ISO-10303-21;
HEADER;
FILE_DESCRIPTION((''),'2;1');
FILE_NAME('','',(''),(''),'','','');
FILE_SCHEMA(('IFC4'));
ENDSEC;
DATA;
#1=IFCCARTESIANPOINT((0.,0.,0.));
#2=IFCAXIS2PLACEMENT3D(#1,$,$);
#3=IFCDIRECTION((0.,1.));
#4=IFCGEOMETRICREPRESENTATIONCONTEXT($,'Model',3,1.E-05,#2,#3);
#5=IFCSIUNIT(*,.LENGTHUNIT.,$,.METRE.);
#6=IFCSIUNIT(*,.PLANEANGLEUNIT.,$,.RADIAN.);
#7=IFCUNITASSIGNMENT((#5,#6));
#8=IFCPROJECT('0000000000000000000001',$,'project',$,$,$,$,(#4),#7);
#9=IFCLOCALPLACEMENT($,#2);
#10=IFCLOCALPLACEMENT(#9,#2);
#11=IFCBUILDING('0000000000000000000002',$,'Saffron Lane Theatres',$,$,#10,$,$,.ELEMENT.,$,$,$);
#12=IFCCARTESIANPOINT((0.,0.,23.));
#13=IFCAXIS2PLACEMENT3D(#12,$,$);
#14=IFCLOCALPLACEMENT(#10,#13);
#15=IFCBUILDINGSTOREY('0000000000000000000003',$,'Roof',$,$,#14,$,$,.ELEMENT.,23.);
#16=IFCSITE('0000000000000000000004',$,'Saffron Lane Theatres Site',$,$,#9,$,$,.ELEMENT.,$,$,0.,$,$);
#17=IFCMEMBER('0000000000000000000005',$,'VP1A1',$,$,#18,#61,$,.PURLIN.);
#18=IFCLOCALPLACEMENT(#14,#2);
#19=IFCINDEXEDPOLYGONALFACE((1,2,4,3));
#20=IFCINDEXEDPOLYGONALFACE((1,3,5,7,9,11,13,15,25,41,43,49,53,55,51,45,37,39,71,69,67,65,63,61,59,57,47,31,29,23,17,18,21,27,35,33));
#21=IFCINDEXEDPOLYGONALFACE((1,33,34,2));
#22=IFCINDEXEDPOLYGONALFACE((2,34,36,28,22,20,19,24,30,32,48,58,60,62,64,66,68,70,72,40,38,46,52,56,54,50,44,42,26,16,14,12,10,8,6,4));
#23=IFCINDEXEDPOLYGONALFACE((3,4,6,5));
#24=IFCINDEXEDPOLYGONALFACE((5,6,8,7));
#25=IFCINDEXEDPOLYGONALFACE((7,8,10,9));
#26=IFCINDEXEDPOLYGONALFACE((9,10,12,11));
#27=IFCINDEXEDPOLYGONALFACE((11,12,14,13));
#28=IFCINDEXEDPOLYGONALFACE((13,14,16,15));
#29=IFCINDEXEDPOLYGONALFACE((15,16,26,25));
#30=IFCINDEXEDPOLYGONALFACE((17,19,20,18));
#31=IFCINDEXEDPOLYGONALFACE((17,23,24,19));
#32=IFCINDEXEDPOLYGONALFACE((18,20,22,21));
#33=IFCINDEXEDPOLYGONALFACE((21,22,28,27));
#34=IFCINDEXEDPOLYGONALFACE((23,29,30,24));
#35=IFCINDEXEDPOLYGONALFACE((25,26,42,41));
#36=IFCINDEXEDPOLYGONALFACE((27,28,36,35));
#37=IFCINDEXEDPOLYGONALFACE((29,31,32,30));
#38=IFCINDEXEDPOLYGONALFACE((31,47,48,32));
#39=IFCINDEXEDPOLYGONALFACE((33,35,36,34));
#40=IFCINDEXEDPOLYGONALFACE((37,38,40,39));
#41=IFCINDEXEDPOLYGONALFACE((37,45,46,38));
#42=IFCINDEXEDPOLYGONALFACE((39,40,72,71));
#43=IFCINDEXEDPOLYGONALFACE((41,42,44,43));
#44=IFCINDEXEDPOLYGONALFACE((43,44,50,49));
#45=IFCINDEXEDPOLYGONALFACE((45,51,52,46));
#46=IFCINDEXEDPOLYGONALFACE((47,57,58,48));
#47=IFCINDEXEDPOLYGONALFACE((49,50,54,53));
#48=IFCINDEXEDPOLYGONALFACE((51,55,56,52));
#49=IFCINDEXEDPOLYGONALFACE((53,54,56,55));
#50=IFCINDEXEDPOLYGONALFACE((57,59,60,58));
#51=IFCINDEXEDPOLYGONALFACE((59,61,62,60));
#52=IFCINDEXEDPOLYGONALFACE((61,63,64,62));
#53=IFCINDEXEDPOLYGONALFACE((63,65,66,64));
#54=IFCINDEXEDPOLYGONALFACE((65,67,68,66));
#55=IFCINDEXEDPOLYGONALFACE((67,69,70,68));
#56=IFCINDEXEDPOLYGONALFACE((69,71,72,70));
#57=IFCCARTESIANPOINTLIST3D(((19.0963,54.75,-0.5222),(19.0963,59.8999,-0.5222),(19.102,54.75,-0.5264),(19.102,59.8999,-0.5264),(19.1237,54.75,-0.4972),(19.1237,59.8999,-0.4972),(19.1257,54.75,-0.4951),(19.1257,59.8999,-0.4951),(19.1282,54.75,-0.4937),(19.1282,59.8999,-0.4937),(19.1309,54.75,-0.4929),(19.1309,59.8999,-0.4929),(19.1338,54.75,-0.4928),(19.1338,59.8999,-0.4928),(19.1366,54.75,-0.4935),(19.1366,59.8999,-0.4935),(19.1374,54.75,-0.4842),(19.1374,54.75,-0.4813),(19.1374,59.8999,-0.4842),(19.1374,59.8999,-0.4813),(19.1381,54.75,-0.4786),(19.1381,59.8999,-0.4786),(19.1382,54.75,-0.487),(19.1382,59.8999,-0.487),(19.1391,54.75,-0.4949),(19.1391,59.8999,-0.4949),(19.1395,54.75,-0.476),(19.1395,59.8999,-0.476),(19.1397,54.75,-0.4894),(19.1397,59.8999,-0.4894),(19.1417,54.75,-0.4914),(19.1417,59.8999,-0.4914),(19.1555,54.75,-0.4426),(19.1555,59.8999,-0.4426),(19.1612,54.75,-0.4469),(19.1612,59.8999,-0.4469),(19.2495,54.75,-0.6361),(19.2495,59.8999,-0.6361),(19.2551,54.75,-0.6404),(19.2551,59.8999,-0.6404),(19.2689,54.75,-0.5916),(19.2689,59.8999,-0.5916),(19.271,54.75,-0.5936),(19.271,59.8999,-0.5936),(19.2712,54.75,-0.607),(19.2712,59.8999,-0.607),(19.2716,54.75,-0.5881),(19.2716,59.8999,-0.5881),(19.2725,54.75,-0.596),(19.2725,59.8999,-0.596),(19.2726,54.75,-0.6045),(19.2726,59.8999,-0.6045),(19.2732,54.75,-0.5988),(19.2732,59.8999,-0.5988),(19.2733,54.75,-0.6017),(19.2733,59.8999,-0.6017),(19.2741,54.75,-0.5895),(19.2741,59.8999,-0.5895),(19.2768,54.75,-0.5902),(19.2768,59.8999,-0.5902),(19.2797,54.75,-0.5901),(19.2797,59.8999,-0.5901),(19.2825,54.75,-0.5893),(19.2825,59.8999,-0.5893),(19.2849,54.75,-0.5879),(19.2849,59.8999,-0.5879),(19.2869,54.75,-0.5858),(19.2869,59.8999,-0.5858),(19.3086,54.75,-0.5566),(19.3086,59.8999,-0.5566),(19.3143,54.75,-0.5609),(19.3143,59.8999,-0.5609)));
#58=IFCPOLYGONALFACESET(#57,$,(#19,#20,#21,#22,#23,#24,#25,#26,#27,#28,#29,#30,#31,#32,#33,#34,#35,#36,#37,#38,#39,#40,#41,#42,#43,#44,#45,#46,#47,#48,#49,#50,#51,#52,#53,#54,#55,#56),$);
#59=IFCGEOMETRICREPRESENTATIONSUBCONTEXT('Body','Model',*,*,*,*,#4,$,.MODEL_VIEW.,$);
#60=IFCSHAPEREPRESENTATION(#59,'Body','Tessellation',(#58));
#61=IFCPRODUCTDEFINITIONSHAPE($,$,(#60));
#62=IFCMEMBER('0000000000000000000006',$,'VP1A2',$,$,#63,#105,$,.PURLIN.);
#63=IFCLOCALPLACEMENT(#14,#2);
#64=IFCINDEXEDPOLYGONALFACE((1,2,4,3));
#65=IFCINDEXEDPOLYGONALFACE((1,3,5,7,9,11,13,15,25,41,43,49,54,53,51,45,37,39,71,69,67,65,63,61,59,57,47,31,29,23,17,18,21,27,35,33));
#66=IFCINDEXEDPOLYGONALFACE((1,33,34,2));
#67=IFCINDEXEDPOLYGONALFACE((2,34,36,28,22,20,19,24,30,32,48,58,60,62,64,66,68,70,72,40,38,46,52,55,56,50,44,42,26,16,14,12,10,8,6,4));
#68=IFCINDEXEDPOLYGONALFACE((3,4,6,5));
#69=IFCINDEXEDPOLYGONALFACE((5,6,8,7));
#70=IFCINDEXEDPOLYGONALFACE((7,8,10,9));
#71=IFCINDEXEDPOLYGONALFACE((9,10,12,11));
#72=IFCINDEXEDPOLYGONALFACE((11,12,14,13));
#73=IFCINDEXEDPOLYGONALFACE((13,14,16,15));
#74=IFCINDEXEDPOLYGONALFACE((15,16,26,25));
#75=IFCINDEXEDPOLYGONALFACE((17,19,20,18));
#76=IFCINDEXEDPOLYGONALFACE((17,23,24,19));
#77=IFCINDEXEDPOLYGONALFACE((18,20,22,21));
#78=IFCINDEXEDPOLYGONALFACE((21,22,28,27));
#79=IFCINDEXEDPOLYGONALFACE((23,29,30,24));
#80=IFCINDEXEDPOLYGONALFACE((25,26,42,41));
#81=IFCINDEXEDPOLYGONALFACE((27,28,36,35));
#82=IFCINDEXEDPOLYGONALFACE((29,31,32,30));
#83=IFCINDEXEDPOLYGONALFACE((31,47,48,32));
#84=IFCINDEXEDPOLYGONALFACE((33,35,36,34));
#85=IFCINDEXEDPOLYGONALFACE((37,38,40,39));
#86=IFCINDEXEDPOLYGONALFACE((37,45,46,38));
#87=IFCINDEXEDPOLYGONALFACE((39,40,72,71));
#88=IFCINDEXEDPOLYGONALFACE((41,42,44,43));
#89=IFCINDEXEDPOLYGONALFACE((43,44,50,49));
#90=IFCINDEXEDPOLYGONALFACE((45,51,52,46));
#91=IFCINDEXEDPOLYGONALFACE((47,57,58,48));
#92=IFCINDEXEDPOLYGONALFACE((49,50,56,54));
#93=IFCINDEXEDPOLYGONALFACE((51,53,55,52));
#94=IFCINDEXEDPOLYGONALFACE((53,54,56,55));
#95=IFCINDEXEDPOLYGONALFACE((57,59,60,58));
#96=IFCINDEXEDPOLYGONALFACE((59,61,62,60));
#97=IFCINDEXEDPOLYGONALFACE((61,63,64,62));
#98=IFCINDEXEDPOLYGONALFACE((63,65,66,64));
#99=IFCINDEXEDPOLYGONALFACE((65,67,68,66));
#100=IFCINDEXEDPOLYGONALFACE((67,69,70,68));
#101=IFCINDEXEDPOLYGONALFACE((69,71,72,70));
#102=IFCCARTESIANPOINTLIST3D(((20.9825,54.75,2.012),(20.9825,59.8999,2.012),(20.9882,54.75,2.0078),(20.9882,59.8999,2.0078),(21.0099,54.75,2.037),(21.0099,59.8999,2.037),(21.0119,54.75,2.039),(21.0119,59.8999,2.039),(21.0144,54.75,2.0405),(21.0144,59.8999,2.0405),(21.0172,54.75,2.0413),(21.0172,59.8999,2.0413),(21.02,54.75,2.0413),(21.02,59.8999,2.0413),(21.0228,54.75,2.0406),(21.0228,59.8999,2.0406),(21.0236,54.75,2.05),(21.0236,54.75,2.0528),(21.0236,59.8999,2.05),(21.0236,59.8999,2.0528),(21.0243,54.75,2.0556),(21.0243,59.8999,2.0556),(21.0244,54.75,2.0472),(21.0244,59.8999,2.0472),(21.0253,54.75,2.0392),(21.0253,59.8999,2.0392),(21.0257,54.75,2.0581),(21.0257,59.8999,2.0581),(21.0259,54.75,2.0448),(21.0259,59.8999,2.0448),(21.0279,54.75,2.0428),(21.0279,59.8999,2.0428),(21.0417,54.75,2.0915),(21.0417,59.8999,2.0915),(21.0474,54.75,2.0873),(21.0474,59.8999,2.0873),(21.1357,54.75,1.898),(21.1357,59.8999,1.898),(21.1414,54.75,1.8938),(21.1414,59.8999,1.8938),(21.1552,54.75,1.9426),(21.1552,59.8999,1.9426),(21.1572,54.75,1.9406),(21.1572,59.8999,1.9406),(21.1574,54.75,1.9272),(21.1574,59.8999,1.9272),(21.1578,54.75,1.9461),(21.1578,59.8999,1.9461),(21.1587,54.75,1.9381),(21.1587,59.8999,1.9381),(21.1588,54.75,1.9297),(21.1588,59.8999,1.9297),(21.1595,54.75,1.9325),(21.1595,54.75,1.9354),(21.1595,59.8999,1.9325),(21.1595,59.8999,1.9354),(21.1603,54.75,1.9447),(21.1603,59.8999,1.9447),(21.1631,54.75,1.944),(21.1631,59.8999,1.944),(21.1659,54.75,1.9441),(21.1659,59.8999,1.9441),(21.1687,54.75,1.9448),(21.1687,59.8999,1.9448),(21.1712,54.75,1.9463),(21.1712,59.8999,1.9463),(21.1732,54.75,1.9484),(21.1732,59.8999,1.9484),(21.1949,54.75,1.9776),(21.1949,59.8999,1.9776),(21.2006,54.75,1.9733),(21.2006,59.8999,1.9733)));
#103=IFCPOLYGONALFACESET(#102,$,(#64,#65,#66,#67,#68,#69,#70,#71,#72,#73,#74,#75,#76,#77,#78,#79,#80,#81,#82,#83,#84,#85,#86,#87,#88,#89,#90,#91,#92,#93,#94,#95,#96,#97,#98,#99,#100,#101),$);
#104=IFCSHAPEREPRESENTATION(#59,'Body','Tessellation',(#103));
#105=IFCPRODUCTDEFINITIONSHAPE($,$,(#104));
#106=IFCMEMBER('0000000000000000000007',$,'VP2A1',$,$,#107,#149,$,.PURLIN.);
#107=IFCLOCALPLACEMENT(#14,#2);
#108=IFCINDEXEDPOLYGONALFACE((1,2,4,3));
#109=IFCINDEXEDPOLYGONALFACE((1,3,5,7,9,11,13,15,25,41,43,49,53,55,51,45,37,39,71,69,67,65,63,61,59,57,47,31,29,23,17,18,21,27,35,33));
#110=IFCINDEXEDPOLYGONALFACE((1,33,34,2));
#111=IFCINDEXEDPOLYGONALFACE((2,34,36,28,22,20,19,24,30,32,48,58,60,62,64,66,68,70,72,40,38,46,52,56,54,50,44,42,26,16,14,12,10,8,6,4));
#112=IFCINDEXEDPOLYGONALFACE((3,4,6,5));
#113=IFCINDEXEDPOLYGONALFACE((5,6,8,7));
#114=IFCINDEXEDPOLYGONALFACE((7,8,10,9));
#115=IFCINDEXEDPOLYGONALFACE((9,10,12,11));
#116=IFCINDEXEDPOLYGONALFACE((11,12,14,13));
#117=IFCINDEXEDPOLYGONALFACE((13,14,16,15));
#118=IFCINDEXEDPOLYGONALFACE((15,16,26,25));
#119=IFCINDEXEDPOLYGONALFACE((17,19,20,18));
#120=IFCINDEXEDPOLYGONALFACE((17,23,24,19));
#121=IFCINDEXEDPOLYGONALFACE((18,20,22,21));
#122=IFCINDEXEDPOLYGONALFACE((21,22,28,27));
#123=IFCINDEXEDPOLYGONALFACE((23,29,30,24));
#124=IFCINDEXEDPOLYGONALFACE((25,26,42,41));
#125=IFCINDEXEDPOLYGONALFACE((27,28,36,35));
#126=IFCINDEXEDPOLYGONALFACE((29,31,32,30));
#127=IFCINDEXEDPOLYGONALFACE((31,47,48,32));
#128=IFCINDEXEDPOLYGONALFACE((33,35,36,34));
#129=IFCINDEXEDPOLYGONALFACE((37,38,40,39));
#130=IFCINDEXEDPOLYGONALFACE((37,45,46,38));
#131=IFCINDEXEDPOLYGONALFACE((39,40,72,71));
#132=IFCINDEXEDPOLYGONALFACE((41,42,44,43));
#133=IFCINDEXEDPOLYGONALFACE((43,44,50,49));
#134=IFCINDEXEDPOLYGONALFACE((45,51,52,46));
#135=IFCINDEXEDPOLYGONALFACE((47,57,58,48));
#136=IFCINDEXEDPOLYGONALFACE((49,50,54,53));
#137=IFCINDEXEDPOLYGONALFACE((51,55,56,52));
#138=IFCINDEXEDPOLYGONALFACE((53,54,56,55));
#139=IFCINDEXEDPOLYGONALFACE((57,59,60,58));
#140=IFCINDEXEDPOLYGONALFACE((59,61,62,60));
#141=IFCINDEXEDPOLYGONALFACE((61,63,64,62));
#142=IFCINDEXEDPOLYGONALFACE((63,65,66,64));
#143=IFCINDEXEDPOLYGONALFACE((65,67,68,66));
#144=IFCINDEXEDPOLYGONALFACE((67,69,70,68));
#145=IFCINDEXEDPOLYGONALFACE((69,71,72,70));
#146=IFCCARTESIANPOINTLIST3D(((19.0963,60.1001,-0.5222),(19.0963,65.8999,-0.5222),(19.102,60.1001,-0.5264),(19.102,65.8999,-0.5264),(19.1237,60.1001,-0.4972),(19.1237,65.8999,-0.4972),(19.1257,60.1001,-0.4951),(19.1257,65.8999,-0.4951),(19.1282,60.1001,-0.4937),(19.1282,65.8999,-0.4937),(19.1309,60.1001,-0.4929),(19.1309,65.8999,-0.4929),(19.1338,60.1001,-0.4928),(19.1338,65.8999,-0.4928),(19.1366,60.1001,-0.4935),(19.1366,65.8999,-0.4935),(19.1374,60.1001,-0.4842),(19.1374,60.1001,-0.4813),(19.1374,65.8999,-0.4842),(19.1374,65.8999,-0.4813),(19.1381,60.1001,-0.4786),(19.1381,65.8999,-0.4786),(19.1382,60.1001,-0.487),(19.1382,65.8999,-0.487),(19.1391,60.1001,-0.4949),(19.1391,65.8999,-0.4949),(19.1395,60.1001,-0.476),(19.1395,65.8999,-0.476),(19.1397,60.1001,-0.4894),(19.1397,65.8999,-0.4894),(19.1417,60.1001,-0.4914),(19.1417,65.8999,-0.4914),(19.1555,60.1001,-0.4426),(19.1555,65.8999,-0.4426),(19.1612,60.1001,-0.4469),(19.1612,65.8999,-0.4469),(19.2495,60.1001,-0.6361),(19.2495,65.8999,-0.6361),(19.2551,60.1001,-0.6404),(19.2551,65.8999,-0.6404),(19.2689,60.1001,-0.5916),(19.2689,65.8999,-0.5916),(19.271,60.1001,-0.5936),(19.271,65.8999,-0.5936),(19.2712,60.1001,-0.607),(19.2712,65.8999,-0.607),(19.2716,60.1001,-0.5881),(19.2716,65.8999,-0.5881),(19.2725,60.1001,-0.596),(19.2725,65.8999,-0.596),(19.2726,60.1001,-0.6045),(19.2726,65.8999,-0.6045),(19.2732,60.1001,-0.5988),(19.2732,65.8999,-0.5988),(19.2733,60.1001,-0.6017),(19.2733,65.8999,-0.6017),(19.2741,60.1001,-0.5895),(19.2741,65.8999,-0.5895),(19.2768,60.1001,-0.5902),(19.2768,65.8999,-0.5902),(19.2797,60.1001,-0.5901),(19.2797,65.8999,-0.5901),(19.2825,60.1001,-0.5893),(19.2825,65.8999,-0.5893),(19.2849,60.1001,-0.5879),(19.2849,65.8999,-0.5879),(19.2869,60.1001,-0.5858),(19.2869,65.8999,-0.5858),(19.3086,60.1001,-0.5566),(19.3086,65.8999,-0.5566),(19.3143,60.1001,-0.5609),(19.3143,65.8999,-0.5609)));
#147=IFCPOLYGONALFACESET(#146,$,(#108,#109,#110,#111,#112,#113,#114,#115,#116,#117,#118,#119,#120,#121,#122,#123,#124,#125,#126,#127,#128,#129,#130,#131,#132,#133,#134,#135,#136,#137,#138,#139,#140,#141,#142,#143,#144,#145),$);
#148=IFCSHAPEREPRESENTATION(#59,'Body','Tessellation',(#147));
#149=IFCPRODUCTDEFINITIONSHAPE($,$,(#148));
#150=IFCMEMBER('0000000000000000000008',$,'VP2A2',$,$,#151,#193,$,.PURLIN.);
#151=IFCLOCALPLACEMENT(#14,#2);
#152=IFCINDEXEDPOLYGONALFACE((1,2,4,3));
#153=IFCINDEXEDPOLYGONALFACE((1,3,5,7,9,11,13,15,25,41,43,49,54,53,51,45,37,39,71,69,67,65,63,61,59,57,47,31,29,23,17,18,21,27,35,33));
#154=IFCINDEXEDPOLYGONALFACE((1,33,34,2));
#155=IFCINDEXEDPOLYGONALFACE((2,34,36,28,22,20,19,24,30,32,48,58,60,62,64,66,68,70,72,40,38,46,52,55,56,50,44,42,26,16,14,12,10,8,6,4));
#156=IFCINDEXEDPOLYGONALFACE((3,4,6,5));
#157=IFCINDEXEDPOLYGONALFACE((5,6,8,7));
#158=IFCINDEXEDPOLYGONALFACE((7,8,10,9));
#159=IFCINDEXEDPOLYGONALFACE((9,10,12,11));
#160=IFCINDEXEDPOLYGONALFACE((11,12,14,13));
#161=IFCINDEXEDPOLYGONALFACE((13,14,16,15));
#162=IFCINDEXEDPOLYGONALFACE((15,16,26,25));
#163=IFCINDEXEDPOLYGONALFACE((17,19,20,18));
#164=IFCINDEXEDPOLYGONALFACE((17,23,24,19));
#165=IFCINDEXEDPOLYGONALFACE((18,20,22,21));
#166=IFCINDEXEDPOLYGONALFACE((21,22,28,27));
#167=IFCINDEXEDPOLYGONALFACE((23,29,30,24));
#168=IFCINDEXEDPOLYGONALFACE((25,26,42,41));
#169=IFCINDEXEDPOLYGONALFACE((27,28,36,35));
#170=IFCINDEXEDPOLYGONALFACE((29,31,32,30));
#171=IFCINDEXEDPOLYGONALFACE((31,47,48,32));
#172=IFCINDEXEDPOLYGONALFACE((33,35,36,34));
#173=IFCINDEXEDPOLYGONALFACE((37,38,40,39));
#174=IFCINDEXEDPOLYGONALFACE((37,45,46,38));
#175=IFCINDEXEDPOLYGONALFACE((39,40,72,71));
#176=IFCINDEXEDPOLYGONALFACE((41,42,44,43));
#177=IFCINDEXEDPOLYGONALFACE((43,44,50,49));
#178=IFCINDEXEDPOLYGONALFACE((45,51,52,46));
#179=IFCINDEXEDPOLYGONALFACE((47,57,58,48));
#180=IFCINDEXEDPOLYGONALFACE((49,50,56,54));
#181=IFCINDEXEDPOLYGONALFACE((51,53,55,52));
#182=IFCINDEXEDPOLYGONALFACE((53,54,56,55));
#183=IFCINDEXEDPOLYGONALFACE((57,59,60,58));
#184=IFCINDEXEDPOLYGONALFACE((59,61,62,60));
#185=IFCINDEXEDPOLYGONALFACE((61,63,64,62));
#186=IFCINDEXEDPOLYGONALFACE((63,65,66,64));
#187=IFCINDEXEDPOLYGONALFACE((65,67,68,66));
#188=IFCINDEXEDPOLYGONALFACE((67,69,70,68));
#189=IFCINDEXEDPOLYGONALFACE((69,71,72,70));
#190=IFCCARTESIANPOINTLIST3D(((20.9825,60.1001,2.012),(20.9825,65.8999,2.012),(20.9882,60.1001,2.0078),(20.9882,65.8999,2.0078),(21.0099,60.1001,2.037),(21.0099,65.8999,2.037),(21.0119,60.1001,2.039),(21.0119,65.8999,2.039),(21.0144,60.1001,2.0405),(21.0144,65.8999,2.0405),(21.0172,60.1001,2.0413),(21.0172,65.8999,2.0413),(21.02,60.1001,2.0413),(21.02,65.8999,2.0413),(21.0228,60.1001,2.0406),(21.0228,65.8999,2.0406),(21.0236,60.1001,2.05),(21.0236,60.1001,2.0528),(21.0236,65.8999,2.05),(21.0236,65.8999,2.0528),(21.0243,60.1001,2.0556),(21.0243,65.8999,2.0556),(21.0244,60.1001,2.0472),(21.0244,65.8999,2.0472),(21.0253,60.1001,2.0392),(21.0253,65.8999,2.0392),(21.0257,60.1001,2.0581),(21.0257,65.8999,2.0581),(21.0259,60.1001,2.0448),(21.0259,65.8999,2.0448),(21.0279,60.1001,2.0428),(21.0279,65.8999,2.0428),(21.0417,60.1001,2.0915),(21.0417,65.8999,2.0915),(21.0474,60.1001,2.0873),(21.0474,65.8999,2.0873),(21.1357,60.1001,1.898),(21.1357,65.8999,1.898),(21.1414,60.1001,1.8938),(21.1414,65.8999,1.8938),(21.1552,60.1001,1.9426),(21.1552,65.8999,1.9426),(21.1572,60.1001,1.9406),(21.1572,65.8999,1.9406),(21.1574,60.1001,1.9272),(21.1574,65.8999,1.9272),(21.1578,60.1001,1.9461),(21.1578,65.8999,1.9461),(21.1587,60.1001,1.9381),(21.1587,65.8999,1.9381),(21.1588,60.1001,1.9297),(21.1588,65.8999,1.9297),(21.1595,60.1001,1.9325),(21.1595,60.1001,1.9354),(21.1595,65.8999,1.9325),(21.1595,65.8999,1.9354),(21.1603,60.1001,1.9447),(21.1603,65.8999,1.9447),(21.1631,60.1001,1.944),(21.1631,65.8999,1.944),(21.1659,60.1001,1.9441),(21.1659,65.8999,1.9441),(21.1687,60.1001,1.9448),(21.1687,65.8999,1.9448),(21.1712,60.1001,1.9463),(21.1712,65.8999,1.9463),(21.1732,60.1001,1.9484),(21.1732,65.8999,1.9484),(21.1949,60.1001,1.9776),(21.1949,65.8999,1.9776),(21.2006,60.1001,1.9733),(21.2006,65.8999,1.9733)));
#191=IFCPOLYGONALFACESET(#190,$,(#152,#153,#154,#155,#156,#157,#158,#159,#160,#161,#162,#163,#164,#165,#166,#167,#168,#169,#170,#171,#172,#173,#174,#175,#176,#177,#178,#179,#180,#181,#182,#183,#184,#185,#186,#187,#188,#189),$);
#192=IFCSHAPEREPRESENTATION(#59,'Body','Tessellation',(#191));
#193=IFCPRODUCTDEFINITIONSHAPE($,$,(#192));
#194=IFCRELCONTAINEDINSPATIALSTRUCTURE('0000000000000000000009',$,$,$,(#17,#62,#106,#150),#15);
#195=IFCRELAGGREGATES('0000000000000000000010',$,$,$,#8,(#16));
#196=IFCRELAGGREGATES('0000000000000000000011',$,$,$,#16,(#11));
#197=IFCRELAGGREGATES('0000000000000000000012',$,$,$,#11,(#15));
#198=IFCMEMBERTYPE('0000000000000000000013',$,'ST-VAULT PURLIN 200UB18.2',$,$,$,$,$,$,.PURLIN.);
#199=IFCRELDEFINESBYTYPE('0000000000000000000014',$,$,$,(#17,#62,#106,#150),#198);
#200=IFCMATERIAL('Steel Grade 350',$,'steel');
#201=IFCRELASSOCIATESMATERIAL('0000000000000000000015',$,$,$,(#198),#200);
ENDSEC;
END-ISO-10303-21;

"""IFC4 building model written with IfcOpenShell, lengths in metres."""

from ifc_helpers import new_model, si_unit, direction, frame, origin, origin_2d, place, context, subcontext, project, spatial, i_section, extrude, material, material_profile, profile_set, type_object, element, save


model = new_model("IFC4")

# Units and contexts
model_context = context("Model", 3, precision=1e-05, world=origin(), true_north=direction((0.0, 1.0)))
body_context = subcontext(model_context, "Body", "Model", "MODEL_VIEW")
ifc_project = project(units=[si_unit("LENGTHUNIT", "METRE"), si_unit("PLANEANGLEUNIT", "RADIAN")], contexts=[model_context])

# Site, building, storey
site_placement = place(None, origin())
site = spatial("IfcSite", under=ifc_project, at=site_placement, Name="Saffron Lane Theatres Site", CompositionType="ELEMENT", RefElevation=0.0)
building_placement = place(site_placement, origin())
building = spatial("IfcBuilding", under=site, at=building_placement, Name="Saffron Lane Theatres", CompositionType="ELEMENT")
storey_placement = place(building_placement, frame((0.0, 0.0, 23.0)))
storey = spatial("IfcBuildingStorey", under=building, at=storey_placement, Name="Roof", CompositionType="ELEMENT", Elevation=23.0)

# Members
ifc_material_1 = material(Name="Steel Grade 350", Category="steel")
ifc_material_profile_1 = material_profile(ifc_material_1, i_section(OverallWidth=0.0991, OverallDepth=0.198, WebThickness=0.0044, FlangeThickness=0.0071, FilletRadius=0.011, at=origin_2d()))
ifc_profile_set_1 = profile_set([ifc_material_profile_1], Name="Steel Grade 350")
member_type_1 = type_object("IfcMemberType", Name="ST-VAULT PURLIN 200UB18.2", PredefinedType="PURLIN", material=ifc_profile_set_1)
for number, where, z_axis, x_axis, name in (
    (1, (19.2053, 54.75, -0.5415), (0.0, 1.0, 0.0), (0.597069, 0.0, 0.80219), "VP1A1"),
    (2, (21.0916, 54.75, 1.9927), (0.0, 1.0, 0.0), (0.597069, 0.0, 0.80219), "VP1A2"),
):
    element("IfcMember", number, at=place(storey_placement, frame(where, z_axis=z_axis, x_axis=x_axis)), inside=storey, type_object=member_type_1, Name=name, PredefinedType="PURLIN", context=body_context, shape_type="SweptSolid", body=[
        extrude(i_section(OverallWidth=0.0991, OverallDepth=0.198, WebThickness=0.0044, FlangeThickness=0.0071, FilletRadius=0.011, at=origin_2d()), origin(), (0.0, 0.0, 1.0), 5.1499),
    ])
for number, where, z_axis, x_axis, name in (
    (3, (19.2053, 60.1001, -0.5415), (0.0, 1.0, 0.0), (0.597069, 0.0, 0.80219), "VP2A1"),
    (4, (21.0916, 60.1001, 1.9927), (0.0, 1.0, 0.0), (0.597069, 0.0, 0.80219), "VP2A2"),
):
    element("IfcMember", number, at=place(storey_placement, frame(where, z_axis=z_axis, x_axis=x_axis)), inside=storey, type_object=member_type_1, Name=name, PredefinedType="PURLIN", context=body_context, shape_type="SweptSolid", body=[
        extrude(i_section(OverallWidth=0.0991, OverallDepth=0.198, WebThickness=0.0044, FlangeThickness=0.0071, FilletRadius=0.011, at=origin_2d()), origin(), (0.0, 0.0, 1.0), 5.7998),
    ])

save(model, "model.ifc")
